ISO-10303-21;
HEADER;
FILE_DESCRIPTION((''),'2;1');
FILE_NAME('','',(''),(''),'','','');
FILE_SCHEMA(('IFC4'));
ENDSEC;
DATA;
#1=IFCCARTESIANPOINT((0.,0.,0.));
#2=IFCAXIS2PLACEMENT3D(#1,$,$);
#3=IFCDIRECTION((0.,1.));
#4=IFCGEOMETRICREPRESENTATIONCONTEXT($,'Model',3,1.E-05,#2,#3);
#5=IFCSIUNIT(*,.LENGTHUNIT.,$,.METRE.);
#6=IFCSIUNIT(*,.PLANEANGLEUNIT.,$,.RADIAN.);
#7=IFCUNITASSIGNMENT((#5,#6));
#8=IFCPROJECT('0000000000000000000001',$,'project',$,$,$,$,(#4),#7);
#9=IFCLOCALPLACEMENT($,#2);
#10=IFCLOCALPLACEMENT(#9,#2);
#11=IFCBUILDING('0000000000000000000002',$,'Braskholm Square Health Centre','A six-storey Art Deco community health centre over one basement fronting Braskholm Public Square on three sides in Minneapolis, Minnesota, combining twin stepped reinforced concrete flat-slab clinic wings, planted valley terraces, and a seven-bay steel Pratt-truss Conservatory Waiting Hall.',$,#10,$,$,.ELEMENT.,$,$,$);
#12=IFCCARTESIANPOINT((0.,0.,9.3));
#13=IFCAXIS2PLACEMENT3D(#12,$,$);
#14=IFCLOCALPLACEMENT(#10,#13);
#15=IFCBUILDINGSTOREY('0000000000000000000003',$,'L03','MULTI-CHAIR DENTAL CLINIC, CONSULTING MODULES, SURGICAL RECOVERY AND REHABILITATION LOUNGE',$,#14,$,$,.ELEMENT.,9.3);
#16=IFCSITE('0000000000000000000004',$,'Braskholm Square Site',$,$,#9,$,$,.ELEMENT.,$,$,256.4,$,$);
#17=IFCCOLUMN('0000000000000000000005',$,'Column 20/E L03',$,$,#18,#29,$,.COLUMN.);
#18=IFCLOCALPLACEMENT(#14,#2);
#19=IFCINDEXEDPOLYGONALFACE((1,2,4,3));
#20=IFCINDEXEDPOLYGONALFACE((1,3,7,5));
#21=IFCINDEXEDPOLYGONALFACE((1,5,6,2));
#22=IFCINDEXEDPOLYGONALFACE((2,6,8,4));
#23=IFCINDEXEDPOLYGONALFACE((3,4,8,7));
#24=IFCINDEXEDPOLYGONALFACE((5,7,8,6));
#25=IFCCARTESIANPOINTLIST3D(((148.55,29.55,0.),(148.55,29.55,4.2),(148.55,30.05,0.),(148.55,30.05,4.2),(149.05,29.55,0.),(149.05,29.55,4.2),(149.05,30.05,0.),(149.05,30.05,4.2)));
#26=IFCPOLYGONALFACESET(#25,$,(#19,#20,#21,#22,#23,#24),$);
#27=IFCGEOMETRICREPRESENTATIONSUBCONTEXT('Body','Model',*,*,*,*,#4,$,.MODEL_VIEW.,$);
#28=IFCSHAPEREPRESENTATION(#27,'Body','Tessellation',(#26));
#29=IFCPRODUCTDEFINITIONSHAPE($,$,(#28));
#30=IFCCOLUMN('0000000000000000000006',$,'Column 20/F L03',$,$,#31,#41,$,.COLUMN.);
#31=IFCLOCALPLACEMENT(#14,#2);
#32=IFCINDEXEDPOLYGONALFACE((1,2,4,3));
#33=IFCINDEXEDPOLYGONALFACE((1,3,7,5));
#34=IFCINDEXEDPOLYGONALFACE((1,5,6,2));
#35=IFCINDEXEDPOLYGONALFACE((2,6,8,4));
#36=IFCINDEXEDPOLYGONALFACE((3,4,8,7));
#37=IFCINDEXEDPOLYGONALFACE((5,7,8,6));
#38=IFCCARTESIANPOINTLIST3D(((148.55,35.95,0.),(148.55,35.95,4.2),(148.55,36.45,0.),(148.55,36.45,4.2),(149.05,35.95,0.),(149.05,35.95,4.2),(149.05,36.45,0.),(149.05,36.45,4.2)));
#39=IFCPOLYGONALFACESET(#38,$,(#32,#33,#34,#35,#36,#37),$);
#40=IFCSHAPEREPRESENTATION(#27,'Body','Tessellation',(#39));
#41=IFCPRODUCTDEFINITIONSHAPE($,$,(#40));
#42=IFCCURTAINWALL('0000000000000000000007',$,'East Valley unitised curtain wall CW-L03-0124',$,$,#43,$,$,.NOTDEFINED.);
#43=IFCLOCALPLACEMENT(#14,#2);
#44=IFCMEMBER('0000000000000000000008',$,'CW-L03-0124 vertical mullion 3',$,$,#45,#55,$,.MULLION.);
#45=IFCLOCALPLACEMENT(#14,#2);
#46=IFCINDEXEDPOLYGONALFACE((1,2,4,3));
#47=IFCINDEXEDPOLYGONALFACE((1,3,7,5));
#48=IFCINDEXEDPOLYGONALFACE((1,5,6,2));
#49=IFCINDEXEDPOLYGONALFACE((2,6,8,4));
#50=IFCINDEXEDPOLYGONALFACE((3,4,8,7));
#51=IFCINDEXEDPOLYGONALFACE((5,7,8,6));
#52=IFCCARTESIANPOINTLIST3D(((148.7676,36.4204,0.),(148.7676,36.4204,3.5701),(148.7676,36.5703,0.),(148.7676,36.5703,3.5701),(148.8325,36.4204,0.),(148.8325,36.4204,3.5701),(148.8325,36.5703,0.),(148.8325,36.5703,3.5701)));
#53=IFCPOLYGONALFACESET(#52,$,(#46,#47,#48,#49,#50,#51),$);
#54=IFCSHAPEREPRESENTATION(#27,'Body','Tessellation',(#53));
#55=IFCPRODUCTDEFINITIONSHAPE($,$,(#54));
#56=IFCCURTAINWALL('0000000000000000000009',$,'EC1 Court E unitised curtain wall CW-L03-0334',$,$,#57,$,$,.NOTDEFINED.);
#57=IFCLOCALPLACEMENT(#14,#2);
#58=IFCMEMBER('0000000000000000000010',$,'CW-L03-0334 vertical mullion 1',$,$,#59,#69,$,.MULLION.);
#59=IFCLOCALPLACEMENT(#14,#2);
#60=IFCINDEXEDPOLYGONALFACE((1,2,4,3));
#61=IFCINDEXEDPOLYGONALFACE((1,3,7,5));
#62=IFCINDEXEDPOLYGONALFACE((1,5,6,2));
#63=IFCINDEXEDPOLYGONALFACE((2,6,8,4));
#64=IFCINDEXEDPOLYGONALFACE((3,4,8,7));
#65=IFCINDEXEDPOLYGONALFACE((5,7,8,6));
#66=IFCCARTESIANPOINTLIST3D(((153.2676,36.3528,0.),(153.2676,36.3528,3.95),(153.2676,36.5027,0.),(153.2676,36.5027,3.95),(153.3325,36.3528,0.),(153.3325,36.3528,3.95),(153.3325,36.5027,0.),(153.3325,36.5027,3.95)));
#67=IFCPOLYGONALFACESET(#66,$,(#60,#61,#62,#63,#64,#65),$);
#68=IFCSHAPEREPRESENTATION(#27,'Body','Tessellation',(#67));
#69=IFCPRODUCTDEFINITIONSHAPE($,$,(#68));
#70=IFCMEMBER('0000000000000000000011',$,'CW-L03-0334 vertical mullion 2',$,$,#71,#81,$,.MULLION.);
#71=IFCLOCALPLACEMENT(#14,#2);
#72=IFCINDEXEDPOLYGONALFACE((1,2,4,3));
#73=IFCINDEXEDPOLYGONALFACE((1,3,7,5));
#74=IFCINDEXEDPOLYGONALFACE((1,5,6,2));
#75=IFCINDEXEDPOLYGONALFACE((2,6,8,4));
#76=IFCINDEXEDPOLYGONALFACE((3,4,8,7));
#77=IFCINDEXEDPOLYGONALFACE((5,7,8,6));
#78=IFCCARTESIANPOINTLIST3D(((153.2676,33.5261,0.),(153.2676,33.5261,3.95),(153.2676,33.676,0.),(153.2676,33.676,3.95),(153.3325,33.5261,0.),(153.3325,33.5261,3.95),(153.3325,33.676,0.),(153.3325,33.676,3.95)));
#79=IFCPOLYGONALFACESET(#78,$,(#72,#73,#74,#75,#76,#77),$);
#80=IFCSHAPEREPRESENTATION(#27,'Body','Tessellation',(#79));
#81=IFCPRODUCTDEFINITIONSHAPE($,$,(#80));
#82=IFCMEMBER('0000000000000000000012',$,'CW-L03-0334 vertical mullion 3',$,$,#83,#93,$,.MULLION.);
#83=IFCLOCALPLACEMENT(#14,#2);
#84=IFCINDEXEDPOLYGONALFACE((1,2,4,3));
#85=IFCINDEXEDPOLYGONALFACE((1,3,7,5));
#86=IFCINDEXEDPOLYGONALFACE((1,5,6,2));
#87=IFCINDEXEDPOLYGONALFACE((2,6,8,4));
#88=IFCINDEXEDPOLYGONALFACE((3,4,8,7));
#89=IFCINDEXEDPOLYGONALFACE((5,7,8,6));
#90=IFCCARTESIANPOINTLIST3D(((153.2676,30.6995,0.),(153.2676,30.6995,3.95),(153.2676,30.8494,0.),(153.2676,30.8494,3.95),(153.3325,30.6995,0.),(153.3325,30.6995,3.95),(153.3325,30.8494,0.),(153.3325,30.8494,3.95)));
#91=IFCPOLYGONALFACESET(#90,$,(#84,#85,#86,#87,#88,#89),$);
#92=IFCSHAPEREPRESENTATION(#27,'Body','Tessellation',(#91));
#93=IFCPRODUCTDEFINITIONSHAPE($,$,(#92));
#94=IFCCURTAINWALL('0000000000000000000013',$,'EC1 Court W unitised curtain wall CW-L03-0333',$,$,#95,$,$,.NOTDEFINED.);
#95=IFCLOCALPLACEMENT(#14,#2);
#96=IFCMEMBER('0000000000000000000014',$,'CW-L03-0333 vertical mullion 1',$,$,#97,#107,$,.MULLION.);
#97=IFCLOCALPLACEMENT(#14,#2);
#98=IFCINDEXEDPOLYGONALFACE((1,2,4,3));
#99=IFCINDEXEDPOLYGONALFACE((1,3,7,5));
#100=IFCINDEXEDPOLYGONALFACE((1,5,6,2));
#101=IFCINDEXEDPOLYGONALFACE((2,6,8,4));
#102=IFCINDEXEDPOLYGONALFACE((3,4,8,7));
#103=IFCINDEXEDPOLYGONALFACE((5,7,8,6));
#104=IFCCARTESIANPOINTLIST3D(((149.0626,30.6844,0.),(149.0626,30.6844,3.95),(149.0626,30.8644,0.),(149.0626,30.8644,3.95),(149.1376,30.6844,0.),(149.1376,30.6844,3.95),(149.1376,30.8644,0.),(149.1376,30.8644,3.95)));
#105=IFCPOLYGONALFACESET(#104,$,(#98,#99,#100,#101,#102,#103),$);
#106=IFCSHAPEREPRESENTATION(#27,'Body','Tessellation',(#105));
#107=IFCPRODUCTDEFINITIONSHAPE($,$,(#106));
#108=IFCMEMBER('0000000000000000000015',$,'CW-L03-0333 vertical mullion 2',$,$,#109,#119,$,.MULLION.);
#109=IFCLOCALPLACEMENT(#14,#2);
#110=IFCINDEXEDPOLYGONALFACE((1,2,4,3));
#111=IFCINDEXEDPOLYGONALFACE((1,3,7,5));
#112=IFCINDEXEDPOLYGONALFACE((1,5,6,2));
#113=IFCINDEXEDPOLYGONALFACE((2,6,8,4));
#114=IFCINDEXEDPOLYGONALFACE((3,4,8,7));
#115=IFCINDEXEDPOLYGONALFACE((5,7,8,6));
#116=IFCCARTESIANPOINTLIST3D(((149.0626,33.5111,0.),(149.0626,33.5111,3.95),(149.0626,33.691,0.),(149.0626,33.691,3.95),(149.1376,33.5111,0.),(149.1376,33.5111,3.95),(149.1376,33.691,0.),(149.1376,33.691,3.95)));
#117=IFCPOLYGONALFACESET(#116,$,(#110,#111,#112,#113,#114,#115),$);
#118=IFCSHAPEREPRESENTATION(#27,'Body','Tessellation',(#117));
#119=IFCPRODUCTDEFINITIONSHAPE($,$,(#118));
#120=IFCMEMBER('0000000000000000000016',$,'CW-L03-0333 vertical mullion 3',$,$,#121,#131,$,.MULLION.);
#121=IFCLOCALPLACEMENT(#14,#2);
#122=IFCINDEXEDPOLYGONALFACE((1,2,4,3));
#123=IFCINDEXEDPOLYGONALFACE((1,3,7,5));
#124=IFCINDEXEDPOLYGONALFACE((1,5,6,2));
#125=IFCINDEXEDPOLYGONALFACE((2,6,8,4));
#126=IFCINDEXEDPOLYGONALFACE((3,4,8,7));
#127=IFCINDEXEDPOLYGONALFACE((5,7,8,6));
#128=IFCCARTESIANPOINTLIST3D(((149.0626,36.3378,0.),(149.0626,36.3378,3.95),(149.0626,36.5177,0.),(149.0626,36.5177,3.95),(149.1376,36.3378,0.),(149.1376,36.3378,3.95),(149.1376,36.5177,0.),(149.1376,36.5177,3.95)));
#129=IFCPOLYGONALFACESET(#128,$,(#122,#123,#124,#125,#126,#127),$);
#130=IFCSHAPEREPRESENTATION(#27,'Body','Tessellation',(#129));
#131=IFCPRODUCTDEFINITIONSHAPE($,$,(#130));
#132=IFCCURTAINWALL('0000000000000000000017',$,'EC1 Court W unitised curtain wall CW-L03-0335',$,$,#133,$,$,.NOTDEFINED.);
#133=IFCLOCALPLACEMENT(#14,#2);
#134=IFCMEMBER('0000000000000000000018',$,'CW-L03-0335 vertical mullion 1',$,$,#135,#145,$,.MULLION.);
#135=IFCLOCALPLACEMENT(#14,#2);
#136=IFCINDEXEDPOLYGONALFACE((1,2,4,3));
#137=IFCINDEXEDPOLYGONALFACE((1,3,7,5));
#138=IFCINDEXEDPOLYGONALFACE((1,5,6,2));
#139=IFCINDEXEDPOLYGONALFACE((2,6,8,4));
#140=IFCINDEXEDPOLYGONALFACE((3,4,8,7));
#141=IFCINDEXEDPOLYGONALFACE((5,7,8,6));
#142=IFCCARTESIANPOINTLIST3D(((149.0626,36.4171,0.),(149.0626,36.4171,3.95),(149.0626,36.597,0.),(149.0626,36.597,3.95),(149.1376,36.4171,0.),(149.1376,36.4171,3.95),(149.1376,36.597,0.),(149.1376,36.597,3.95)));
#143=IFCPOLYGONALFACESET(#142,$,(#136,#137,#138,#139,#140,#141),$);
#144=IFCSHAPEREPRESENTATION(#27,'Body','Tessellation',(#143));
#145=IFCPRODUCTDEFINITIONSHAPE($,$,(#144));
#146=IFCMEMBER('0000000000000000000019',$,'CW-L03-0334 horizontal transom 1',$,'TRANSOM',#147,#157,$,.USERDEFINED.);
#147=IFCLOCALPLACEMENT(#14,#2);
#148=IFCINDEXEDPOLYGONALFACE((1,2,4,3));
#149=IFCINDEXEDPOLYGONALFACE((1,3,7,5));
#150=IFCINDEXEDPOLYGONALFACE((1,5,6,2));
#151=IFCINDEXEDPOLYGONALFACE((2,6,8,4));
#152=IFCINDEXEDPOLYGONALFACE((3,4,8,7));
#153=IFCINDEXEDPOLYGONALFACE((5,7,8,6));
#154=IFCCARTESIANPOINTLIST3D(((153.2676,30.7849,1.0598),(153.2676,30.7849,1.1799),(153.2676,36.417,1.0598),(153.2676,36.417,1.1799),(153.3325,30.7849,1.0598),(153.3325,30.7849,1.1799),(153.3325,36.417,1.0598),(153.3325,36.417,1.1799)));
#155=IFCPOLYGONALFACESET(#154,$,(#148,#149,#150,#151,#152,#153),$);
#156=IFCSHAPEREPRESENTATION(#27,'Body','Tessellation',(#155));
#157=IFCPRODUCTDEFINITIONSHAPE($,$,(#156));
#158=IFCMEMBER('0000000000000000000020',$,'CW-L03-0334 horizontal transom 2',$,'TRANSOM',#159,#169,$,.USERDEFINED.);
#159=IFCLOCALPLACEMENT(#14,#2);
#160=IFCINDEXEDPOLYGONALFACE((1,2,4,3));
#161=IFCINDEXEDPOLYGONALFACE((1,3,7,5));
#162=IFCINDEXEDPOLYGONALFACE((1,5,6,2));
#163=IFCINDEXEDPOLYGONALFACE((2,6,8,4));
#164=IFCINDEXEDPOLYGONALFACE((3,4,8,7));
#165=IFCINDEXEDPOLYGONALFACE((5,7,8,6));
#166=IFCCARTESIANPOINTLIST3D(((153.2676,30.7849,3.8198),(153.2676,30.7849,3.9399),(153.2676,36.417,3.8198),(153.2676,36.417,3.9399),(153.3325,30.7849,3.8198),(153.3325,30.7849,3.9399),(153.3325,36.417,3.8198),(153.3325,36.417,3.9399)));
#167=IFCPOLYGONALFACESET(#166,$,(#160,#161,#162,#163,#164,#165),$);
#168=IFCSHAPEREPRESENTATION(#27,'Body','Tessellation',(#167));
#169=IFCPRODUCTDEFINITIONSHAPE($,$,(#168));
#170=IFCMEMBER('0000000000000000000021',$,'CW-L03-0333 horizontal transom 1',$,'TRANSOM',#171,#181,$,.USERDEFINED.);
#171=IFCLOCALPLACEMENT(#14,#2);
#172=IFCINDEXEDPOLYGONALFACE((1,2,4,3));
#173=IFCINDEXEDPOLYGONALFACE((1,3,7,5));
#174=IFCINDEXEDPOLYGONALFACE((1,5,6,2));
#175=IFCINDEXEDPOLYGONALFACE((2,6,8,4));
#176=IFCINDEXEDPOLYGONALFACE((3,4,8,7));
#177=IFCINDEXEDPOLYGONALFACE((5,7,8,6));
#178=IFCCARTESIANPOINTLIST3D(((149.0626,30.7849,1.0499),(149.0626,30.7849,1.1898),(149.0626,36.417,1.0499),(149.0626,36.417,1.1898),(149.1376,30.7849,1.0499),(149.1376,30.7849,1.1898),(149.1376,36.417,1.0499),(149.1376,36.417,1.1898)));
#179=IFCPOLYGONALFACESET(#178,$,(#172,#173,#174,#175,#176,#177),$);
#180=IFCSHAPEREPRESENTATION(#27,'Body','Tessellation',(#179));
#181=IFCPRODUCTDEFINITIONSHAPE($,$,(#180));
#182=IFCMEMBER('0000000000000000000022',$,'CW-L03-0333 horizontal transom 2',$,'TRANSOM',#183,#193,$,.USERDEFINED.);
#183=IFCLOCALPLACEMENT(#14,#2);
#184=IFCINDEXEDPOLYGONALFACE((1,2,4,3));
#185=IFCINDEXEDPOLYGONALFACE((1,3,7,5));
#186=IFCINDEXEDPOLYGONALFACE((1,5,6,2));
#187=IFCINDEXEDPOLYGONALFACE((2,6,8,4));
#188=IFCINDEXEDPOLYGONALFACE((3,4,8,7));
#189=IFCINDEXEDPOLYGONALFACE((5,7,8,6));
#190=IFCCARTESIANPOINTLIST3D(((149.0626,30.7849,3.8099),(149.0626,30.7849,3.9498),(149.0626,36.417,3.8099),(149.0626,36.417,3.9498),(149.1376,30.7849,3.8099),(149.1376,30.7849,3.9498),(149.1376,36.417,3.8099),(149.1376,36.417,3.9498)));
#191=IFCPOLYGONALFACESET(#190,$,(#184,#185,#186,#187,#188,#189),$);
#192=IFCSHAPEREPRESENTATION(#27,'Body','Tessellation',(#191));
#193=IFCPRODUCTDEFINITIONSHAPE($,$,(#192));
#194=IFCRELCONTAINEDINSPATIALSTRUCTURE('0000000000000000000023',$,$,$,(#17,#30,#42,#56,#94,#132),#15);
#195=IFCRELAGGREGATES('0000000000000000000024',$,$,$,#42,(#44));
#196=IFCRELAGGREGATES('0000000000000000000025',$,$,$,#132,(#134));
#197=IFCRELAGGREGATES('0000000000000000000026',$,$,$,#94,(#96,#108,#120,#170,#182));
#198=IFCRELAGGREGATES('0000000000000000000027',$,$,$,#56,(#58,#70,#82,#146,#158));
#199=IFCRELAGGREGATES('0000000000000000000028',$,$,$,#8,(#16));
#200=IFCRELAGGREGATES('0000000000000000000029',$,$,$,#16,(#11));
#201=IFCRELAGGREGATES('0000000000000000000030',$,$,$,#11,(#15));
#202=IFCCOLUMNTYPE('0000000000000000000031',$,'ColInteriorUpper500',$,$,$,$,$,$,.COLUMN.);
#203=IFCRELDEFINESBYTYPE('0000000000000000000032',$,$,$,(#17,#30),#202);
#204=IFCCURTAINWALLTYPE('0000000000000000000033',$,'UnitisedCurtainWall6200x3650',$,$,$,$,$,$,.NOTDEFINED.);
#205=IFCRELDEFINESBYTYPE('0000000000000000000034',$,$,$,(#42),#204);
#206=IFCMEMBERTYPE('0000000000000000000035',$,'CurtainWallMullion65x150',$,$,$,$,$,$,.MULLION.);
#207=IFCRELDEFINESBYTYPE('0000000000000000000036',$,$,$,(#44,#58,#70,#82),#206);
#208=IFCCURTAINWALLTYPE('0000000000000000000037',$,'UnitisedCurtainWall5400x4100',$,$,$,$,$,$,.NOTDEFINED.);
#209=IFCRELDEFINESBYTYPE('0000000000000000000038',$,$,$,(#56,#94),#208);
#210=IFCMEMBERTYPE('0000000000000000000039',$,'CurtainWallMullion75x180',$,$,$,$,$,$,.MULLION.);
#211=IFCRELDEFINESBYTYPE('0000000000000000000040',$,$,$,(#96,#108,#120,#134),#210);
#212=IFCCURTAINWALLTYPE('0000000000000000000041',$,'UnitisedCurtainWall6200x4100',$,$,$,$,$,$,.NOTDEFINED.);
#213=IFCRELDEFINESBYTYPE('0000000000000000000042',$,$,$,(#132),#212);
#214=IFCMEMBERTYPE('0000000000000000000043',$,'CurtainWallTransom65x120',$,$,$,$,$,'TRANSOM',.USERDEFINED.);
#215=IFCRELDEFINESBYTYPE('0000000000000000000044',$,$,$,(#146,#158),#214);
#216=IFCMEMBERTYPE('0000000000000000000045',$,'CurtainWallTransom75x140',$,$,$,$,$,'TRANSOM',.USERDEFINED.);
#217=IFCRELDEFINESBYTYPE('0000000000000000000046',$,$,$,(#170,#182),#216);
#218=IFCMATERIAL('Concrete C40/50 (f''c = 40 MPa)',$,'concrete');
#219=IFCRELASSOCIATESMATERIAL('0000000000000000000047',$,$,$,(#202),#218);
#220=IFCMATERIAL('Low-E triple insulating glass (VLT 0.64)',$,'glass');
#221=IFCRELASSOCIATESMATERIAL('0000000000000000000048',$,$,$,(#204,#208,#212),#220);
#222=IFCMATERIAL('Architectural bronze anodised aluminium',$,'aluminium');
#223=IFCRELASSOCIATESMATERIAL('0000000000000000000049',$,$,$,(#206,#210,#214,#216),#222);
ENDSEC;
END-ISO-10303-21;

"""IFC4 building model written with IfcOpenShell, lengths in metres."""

from ifc_helpers import new_model, si_unit, direction, frame, origin, origin_2d, place, context, subcontext, project, spatial, rectangle, extrude, material, material_profile, profile_set, type_object, element, aggregate, save


model = new_model("IFC4")

# Units and contexts
model_context = context("Model", 3, precision=1e-05, world=origin(), true_north=direction((0.0, 1.0)))
body_context = subcontext(model_context, "Body", "Model", "MODEL_VIEW")
ifc_project = project(units=[si_unit("LENGTHUNIT", "METRE"), si_unit("PLANEANGLEUNIT", "RADIAN")], contexts=[model_context])

# Site, building, storey
site_placement = place(None, origin())
site = spatial("IfcSite", under=ifc_project, at=site_placement, Name="Braskholm Square Site", CompositionType="ELEMENT", RefElevation=256.4)
building_placement = place(site_placement, origin())
building = spatial("IfcBuilding", under=site, at=building_placement, Name="Braskholm Square Health Centre", Description="A six-storey Art Deco community health centre over one basement fronting Braskholm Public Square on three sides in Minneapolis, Minnesota, combining twin stepped reinforced concrete flat-slab clinic wings, planted valley terraces, and a seven-bay steel Pratt-truss Conservatory Waiting Hall.", CompositionType="ELEMENT")
storey_placement = place(building_placement, frame((0.0, 0.0, 9.3)))
storey = spatial("IfcBuildingStorey", under=building, at=storey_placement, Name="L03", Description="MULTI-CHAIR DENTAL CLINIC, CONSULTING MODULES, SURGICAL RECOVERY AND REHABILITATION LOUNGE", CompositionType="ELEMENT", Elevation=9.3)

# Columns
ifc_material_1 = material(Name="Concrete C40/50 (f'c = 40 MPa)", Category="concrete")
ifc_material_profile_1 = material_profile(ifc_material_1, rectangle(XDim=0.5, YDim=0.5, at=origin_2d()), Name="RC-500X500")
ifc_profile_set_1 = profile_set([ifc_material_profile_1], Name="Concrete C40/50 (f'c = 40 MPa)")
column_type = type_object("IfcColumnType", Name="ColInteriorUpper500", PredefinedType="COLUMN", material=ifc_profile_set_1)
for number, where, z_axis, x_axis, name in (
    (1, (148.8, 29.8, 0.0), (0.0, 0.0, 1.0), (1.0, 0.0, 0.0), "Column 20/E L03"),
    (2, (148.8, 36.2, 0.0), (0.0, 0.0, 1.0), (1.0, 0.0, 0.0), "Column 20/F L03"),
):
    element("IfcColumn", number, at=place(storey_placement, frame(where, z_axis=z_axis, x_axis=x_axis)), inside=storey, type_object=column_type, Name=name, PredefinedType="COLUMN", context=body_context, shape_type="SweptSolid", body=[
        extrude(rectangle(XDim=0.5, YDim=0.5, at=origin_2d()), origin(), (0.0, 0.0, 1.0), 4.2),
    ])

# Curtain wall, member
ifc_material_2 = material(Name="Low-E triple insulating glass (VLT 0.64)", Category="glass")
curtain_wall_type_1 = type_object("IfcCurtainWallType", Name="UnitisedCurtainWall6200x3650", PredefinedType="NOTDEFINED", material=ifc_material_2)
curtain_wall_1_placement = place(storey_placement, origin())
curtain_wall_1 = element("IfcCurtainWall", 3, at=curtain_wall_1_placement, inside=storey, type_object=curtain_wall_type_1, Name="East Valley unitised curtain wall CW-L03-0124", PredefinedType="NOTDEFINED")
ifc_material_3 = material(Name="Architectural bronze anodised aluminium", Category="aluminium")
ifc_material_profile_2 = material_profile(ifc_material_3, rectangle(XDim=0.0649, YDim=0.1499, at=origin_2d()), Name="ALU-65X150")
ifc_profile_set_2 = profile_set([ifc_material_profile_2], Name="Architectural bronze anodised aluminium")
member_type_1 = type_object("IfcMemberType", Name="CurtainWallMullion65x150", PredefinedType="MULLION", material=ifc_profile_set_2)
member_1_placement = place(storey_placement, frame((148.8, 36.4954, 0.0), z_axis=(0.0, 0.0, 1.0), x_axis=(1.0, 0.0, 0.0)))
member_1 = element("IfcMember", 4, at=member_1_placement, type_object=member_type_1, Name="CW-L03-0124 vertical mullion 3", PredefinedType="MULLION", context=body_context, shape_type="SweptSolid", body=[
    extrude(rectangle(XDim=0.0649, YDim=0.1499, at=origin_2d()), origin(), (0.0, 0.0, 1.0), 3.5701),
])
aggregate(curtain_wall_1, [member_1])

# Curtain walls, members
curtain_wall_type_2 = type_object("IfcCurtainWallType", Name="UnitisedCurtainWall5400x4100", PredefinedType="NOTDEFINED", material=ifc_material_2)
curtain_wall_2_placement = place(storey_placement, origin())
curtain_wall_2 = element("IfcCurtainWall", 5, at=curtain_wall_2_placement, inside=storey, type_object=curtain_wall_type_2, Name="EC1 Court E unitised curtain wall CW-L03-0334", PredefinedType="NOTDEFINED")
member_2_placement = place(storey_placement, frame((153.3, 36.4277, 0.0), z_axis=(0.0, 0.0, 1.0), x_axis=(1.0, 0.0, 0.0)))
member_2 = element("IfcMember", 6, at=member_2_placement, type_object=member_type_1, Name="CW-L03-0334 vertical mullion 1", PredefinedType="MULLION", context=body_context, shape_type="SweptSolid", body=[
    extrude(rectangle(XDim=0.0649, YDim=0.1499, at=origin_2d()), origin(), (0.0, 0.0, 1.0), 3.95),
])
member_3_placement = place(storey_placement, frame((153.3, 33.6011, 0.0), z_axis=(0.0, 0.0, 1.0), x_axis=(1.0, 0.0, 0.0)))
member_3 = element("IfcMember", 7, at=member_3_placement, type_object=member_type_1, Name="CW-L03-0334 vertical mullion 2", PredefinedType="MULLION", context=body_context, shape_type="SweptSolid", body=[
    extrude(rectangle(XDim=0.0649, YDim=0.1499, at=origin_2d()), origin(), (0.0, 0.0, 1.0), 3.95),
])
member_4_placement = place(storey_placement, frame((153.3, 30.7744, 0.0), z_axis=(0.0, 0.0, 1.0), x_axis=(1.0, 0.0, 0.0)))
member_4 = element("IfcMember", 8, at=member_4_placement, type_object=member_type_1, Name="CW-L03-0334 vertical mullion 3", PredefinedType="MULLION", context=body_context, shape_type="SweptSolid", body=[
    extrude(rectangle(XDim=0.0649, YDim=0.1499, at=origin_2d()), origin(), (0.0, 0.0, 1.0), 3.95),
])
curtain_wall_3_placement = place(storey_placement, origin())
curtain_wall_3 = element("IfcCurtainWall", 9, at=curtain_wall_3_placement, inside=storey, type_object=curtain_wall_type_2, Name="EC1 Court W unitised curtain wall CW-L03-0333", PredefinedType="NOTDEFINED")
ifc_material_profile_3 = material_profile(ifc_material_3, rectangle(XDim=0.075, YDim=0.1799, at=origin_2d()), Name="ALU-75X180")
ifc_profile_set_3 = profile_set([ifc_material_profile_3], Name="Architectural bronze anodised aluminium")
member_type_2 = type_object("IfcMemberType", Name="CurtainWallMullion75x180", PredefinedType="MULLION", material=ifc_profile_set_3)
member_5_placement = place(storey_placement, frame((149.1001, 30.7744, 0.0), z_axis=(0.0, 0.0, 1.0), x_axis=(1.0, 0.0, 0.0)))
member_5 = element("IfcMember", 10, at=member_5_placement, type_object=member_type_2, Name="CW-L03-0333 vertical mullion 1", PredefinedType="MULLION", context=body_context, shape_type="SweptSolid", body=[
    extrude(rectangle(XDim=0.075, YDim=0.1799, at=origin_2d()), origin(), (0.0, 0.0, 1.0), 3.95),
])
member_6_placement = place(storey_placement, frame((149.1001, 33.6011, 0.0), z_axis=(0.0, 0.0, 1.0), x_axis=(1.0, 0.0, 0.0)))
member_6 = element("IfcMember", 11, at=member_6_placement, type_object=member_type_2, Name="CW-L03-0333 vertical mullion 2", PredefinedType="MULLION", context=body_context, shape_type="SweptSolid", body=[
    extrude(rectangle(XDim=0.075, YDim=0.1799, at=origin_2d()), origin(), (0.0, 0.0, 1.0), 3.95),
])
member_7_placement = place(storey_placement, frame((149.1001, 36.4277, 0.0), z_axis=(0.0, 0.0, 1.0), x_axis=(1.0, 0.0, 0.0)))
member_7 = element("IfcMember", 12, at=member_7_placement, type_object=member_type_2, Name="CW-L03-0333 vertical mullion 3", PredefinedType="MULLION", context=body_context, shape_type="SweptSolid", body=[
    extrude(rectangle(XDim=0.075, YDim=0.1799, at=origin_2d()), origin(), (0.0, 0.0, 1.0), 3.95),
])

# Curtain wall, member
curtain_wall_type_3 = type_object("IfcCurtainWallType", Name="UnitisedCurtainWall6200x4100", PredefinedType="NOTDEFINED", material=ifc_material_2)
curtain_wall_4_placement = place(storey_placement, origin())
curtain_wall_4 = element("IfcCurtainWall", 13, at=curtain_wall_4_placement, inside=storey, type_object=curtain_wall_type_3, Name="EC1 Court W unitised curtain wall CW-L03-0335", PredefinedType="NOTDEFINED")
member_8_placement = place(storey_placement, frame((149.1001, 36.5071, 0.0), z_axis=(0.0, 0.0, 1.0), x_axis=(1.0, 0.0, 0.0)))
member_8 = element("IfcMember", 14, at=member_8_placement, type_object=member_type_2, Name="CW-L03-0335 vertical mullion 1", PredefinedType="MULLION", context=body_context, shape_type="SweptSolid", body=[
    extrude(rectangle(XDim=0.075, YDim=0.1799, at=origin_2d()), origin(), (0.0, 0.0, 1.0), 3.95),
])
aggregate(curtain_wall_4, [member_8])

# Members
ifc_material_profile_4 = material_profile(ifc_material_3, rectangle(XDim=0.0649, YDim=0.1201, at=origin_2d()), Name="ALU-65X120")
ifc_profile_set_4 = profile_set([ifc_material_profile_4], Name="Architectural bronze anodised aluminium")
member_type_3 = type_object("IfcMemberType", Name="CurtainWallTransom65x120", ElementType="TRANSOM", PredefinedType="USERDEFINED", material=ifc_profile_set_4)
member_9_placement = place(storey_placement, frame((153.3, 36.417, 1.1199), z_axis=(0.0, -1.0, 0.0), x_axis=(1.0, 0.0, 0.0)))
member_9 = element("IfcMember", 15, at=member_9_placement, type_object=member_type_3, Name="CW-L03-0334 horizontal transom 1", ObjectType="TRANSOM", PredefinedType="USERDEFINED", context=body_context, shape_type="SweptSolid", body=[
    extrude(rectangle(XDim=0.0649, YDim=0.1201, at=origin_2d()), origin(), (0.0, 0.0, 1.0), 5.6321),
])
member_10_placement = place(storey_placement, frame((153.3, 36.417, 3.8799), z_axis=(0.0, -1.0, 0.0), x_axis=(1.0, 0.0, 0.0)))
member_10 = element("IfcMember", 16, at=member_10_placement, type_object=member_type_3, Name="CW-L03-0334 horizontal transom 2", ObjectType="TRANSOM", PredefinedType="USERDEFINED", context=body_context, shape_type="SweptSolid", body=[
    extrude(rectangle(XDim=0.0649, YDim=0.1201, at=origin_2d()), origin(), (0.0, 0.0, 1.0), 5.6321),
])
ifc_material_profile_5 = material_profile(ifc_material_3, rectangle(XDim=0.075, YDim=0.1399, at=origin_2d()), Name="ALU-75X140")
ifc_profile_set_5 = profile_set([ifc_material_profile_5], Name="Architectural bronze anodised aluminium")
member_type_4 = type_object("IfcMemberType", Name="CurtainWallTransom75x140", ElementType="TRANSOM", PredefinedType="USERDEFINED", material=ifc_profile_set_5)
member_11_placement = place(storey_placement, frame((149.1001, 30.7849, 1.1199), z_axis=(0.0, 1.0, 0.0), x_axis=(-1.0, 0.0, 0.0)))
member_11 = element("IfcMember", 17, at=member_11_placement, type_object=member_type_4, Name="CW-L03-0333 horizontal transom 1", ObjectType="TRANSOM", PredefinedType="USERDEFINED", context=body_context, shape_type="SweptSolid", body=[
    extrude(rectangle(XDim=0.075, YDim=0.1399, at=origin_2d()), origin(), (0.0, 0.0, 1.0), 5.6321),
])
member_12_placement = place(storey_placement, frame((149.1001, 30.7849, 3.8799), z_axis=(0.0, 1.0, 0.0), x_axis=(-1.0, 0.0, 0.0)))
member_12 = element("IfcMember", 18, at=member_12_placement, type_object=member_type_4, Name="CW-L03-0333 horizontal transom 2", ObjectType="TRANSOM", PredefinedType="USERDEFINED", context=body_context, shape_type="SweptSolid", body=[
    extrude(rectangle(XDim=0.075, YDim=0.1399, at=origin_2d()), origin(), (0.0, 0.0, 1.0), 5.6321),
])

aggregate(curtain_wall_3, [member_5, member_6, member_7, member_11, member_12])
aggregate(curtain_wall_2, [member_2, member_3, member_4, member_9, member_10])

save(model, "model.ifc")
